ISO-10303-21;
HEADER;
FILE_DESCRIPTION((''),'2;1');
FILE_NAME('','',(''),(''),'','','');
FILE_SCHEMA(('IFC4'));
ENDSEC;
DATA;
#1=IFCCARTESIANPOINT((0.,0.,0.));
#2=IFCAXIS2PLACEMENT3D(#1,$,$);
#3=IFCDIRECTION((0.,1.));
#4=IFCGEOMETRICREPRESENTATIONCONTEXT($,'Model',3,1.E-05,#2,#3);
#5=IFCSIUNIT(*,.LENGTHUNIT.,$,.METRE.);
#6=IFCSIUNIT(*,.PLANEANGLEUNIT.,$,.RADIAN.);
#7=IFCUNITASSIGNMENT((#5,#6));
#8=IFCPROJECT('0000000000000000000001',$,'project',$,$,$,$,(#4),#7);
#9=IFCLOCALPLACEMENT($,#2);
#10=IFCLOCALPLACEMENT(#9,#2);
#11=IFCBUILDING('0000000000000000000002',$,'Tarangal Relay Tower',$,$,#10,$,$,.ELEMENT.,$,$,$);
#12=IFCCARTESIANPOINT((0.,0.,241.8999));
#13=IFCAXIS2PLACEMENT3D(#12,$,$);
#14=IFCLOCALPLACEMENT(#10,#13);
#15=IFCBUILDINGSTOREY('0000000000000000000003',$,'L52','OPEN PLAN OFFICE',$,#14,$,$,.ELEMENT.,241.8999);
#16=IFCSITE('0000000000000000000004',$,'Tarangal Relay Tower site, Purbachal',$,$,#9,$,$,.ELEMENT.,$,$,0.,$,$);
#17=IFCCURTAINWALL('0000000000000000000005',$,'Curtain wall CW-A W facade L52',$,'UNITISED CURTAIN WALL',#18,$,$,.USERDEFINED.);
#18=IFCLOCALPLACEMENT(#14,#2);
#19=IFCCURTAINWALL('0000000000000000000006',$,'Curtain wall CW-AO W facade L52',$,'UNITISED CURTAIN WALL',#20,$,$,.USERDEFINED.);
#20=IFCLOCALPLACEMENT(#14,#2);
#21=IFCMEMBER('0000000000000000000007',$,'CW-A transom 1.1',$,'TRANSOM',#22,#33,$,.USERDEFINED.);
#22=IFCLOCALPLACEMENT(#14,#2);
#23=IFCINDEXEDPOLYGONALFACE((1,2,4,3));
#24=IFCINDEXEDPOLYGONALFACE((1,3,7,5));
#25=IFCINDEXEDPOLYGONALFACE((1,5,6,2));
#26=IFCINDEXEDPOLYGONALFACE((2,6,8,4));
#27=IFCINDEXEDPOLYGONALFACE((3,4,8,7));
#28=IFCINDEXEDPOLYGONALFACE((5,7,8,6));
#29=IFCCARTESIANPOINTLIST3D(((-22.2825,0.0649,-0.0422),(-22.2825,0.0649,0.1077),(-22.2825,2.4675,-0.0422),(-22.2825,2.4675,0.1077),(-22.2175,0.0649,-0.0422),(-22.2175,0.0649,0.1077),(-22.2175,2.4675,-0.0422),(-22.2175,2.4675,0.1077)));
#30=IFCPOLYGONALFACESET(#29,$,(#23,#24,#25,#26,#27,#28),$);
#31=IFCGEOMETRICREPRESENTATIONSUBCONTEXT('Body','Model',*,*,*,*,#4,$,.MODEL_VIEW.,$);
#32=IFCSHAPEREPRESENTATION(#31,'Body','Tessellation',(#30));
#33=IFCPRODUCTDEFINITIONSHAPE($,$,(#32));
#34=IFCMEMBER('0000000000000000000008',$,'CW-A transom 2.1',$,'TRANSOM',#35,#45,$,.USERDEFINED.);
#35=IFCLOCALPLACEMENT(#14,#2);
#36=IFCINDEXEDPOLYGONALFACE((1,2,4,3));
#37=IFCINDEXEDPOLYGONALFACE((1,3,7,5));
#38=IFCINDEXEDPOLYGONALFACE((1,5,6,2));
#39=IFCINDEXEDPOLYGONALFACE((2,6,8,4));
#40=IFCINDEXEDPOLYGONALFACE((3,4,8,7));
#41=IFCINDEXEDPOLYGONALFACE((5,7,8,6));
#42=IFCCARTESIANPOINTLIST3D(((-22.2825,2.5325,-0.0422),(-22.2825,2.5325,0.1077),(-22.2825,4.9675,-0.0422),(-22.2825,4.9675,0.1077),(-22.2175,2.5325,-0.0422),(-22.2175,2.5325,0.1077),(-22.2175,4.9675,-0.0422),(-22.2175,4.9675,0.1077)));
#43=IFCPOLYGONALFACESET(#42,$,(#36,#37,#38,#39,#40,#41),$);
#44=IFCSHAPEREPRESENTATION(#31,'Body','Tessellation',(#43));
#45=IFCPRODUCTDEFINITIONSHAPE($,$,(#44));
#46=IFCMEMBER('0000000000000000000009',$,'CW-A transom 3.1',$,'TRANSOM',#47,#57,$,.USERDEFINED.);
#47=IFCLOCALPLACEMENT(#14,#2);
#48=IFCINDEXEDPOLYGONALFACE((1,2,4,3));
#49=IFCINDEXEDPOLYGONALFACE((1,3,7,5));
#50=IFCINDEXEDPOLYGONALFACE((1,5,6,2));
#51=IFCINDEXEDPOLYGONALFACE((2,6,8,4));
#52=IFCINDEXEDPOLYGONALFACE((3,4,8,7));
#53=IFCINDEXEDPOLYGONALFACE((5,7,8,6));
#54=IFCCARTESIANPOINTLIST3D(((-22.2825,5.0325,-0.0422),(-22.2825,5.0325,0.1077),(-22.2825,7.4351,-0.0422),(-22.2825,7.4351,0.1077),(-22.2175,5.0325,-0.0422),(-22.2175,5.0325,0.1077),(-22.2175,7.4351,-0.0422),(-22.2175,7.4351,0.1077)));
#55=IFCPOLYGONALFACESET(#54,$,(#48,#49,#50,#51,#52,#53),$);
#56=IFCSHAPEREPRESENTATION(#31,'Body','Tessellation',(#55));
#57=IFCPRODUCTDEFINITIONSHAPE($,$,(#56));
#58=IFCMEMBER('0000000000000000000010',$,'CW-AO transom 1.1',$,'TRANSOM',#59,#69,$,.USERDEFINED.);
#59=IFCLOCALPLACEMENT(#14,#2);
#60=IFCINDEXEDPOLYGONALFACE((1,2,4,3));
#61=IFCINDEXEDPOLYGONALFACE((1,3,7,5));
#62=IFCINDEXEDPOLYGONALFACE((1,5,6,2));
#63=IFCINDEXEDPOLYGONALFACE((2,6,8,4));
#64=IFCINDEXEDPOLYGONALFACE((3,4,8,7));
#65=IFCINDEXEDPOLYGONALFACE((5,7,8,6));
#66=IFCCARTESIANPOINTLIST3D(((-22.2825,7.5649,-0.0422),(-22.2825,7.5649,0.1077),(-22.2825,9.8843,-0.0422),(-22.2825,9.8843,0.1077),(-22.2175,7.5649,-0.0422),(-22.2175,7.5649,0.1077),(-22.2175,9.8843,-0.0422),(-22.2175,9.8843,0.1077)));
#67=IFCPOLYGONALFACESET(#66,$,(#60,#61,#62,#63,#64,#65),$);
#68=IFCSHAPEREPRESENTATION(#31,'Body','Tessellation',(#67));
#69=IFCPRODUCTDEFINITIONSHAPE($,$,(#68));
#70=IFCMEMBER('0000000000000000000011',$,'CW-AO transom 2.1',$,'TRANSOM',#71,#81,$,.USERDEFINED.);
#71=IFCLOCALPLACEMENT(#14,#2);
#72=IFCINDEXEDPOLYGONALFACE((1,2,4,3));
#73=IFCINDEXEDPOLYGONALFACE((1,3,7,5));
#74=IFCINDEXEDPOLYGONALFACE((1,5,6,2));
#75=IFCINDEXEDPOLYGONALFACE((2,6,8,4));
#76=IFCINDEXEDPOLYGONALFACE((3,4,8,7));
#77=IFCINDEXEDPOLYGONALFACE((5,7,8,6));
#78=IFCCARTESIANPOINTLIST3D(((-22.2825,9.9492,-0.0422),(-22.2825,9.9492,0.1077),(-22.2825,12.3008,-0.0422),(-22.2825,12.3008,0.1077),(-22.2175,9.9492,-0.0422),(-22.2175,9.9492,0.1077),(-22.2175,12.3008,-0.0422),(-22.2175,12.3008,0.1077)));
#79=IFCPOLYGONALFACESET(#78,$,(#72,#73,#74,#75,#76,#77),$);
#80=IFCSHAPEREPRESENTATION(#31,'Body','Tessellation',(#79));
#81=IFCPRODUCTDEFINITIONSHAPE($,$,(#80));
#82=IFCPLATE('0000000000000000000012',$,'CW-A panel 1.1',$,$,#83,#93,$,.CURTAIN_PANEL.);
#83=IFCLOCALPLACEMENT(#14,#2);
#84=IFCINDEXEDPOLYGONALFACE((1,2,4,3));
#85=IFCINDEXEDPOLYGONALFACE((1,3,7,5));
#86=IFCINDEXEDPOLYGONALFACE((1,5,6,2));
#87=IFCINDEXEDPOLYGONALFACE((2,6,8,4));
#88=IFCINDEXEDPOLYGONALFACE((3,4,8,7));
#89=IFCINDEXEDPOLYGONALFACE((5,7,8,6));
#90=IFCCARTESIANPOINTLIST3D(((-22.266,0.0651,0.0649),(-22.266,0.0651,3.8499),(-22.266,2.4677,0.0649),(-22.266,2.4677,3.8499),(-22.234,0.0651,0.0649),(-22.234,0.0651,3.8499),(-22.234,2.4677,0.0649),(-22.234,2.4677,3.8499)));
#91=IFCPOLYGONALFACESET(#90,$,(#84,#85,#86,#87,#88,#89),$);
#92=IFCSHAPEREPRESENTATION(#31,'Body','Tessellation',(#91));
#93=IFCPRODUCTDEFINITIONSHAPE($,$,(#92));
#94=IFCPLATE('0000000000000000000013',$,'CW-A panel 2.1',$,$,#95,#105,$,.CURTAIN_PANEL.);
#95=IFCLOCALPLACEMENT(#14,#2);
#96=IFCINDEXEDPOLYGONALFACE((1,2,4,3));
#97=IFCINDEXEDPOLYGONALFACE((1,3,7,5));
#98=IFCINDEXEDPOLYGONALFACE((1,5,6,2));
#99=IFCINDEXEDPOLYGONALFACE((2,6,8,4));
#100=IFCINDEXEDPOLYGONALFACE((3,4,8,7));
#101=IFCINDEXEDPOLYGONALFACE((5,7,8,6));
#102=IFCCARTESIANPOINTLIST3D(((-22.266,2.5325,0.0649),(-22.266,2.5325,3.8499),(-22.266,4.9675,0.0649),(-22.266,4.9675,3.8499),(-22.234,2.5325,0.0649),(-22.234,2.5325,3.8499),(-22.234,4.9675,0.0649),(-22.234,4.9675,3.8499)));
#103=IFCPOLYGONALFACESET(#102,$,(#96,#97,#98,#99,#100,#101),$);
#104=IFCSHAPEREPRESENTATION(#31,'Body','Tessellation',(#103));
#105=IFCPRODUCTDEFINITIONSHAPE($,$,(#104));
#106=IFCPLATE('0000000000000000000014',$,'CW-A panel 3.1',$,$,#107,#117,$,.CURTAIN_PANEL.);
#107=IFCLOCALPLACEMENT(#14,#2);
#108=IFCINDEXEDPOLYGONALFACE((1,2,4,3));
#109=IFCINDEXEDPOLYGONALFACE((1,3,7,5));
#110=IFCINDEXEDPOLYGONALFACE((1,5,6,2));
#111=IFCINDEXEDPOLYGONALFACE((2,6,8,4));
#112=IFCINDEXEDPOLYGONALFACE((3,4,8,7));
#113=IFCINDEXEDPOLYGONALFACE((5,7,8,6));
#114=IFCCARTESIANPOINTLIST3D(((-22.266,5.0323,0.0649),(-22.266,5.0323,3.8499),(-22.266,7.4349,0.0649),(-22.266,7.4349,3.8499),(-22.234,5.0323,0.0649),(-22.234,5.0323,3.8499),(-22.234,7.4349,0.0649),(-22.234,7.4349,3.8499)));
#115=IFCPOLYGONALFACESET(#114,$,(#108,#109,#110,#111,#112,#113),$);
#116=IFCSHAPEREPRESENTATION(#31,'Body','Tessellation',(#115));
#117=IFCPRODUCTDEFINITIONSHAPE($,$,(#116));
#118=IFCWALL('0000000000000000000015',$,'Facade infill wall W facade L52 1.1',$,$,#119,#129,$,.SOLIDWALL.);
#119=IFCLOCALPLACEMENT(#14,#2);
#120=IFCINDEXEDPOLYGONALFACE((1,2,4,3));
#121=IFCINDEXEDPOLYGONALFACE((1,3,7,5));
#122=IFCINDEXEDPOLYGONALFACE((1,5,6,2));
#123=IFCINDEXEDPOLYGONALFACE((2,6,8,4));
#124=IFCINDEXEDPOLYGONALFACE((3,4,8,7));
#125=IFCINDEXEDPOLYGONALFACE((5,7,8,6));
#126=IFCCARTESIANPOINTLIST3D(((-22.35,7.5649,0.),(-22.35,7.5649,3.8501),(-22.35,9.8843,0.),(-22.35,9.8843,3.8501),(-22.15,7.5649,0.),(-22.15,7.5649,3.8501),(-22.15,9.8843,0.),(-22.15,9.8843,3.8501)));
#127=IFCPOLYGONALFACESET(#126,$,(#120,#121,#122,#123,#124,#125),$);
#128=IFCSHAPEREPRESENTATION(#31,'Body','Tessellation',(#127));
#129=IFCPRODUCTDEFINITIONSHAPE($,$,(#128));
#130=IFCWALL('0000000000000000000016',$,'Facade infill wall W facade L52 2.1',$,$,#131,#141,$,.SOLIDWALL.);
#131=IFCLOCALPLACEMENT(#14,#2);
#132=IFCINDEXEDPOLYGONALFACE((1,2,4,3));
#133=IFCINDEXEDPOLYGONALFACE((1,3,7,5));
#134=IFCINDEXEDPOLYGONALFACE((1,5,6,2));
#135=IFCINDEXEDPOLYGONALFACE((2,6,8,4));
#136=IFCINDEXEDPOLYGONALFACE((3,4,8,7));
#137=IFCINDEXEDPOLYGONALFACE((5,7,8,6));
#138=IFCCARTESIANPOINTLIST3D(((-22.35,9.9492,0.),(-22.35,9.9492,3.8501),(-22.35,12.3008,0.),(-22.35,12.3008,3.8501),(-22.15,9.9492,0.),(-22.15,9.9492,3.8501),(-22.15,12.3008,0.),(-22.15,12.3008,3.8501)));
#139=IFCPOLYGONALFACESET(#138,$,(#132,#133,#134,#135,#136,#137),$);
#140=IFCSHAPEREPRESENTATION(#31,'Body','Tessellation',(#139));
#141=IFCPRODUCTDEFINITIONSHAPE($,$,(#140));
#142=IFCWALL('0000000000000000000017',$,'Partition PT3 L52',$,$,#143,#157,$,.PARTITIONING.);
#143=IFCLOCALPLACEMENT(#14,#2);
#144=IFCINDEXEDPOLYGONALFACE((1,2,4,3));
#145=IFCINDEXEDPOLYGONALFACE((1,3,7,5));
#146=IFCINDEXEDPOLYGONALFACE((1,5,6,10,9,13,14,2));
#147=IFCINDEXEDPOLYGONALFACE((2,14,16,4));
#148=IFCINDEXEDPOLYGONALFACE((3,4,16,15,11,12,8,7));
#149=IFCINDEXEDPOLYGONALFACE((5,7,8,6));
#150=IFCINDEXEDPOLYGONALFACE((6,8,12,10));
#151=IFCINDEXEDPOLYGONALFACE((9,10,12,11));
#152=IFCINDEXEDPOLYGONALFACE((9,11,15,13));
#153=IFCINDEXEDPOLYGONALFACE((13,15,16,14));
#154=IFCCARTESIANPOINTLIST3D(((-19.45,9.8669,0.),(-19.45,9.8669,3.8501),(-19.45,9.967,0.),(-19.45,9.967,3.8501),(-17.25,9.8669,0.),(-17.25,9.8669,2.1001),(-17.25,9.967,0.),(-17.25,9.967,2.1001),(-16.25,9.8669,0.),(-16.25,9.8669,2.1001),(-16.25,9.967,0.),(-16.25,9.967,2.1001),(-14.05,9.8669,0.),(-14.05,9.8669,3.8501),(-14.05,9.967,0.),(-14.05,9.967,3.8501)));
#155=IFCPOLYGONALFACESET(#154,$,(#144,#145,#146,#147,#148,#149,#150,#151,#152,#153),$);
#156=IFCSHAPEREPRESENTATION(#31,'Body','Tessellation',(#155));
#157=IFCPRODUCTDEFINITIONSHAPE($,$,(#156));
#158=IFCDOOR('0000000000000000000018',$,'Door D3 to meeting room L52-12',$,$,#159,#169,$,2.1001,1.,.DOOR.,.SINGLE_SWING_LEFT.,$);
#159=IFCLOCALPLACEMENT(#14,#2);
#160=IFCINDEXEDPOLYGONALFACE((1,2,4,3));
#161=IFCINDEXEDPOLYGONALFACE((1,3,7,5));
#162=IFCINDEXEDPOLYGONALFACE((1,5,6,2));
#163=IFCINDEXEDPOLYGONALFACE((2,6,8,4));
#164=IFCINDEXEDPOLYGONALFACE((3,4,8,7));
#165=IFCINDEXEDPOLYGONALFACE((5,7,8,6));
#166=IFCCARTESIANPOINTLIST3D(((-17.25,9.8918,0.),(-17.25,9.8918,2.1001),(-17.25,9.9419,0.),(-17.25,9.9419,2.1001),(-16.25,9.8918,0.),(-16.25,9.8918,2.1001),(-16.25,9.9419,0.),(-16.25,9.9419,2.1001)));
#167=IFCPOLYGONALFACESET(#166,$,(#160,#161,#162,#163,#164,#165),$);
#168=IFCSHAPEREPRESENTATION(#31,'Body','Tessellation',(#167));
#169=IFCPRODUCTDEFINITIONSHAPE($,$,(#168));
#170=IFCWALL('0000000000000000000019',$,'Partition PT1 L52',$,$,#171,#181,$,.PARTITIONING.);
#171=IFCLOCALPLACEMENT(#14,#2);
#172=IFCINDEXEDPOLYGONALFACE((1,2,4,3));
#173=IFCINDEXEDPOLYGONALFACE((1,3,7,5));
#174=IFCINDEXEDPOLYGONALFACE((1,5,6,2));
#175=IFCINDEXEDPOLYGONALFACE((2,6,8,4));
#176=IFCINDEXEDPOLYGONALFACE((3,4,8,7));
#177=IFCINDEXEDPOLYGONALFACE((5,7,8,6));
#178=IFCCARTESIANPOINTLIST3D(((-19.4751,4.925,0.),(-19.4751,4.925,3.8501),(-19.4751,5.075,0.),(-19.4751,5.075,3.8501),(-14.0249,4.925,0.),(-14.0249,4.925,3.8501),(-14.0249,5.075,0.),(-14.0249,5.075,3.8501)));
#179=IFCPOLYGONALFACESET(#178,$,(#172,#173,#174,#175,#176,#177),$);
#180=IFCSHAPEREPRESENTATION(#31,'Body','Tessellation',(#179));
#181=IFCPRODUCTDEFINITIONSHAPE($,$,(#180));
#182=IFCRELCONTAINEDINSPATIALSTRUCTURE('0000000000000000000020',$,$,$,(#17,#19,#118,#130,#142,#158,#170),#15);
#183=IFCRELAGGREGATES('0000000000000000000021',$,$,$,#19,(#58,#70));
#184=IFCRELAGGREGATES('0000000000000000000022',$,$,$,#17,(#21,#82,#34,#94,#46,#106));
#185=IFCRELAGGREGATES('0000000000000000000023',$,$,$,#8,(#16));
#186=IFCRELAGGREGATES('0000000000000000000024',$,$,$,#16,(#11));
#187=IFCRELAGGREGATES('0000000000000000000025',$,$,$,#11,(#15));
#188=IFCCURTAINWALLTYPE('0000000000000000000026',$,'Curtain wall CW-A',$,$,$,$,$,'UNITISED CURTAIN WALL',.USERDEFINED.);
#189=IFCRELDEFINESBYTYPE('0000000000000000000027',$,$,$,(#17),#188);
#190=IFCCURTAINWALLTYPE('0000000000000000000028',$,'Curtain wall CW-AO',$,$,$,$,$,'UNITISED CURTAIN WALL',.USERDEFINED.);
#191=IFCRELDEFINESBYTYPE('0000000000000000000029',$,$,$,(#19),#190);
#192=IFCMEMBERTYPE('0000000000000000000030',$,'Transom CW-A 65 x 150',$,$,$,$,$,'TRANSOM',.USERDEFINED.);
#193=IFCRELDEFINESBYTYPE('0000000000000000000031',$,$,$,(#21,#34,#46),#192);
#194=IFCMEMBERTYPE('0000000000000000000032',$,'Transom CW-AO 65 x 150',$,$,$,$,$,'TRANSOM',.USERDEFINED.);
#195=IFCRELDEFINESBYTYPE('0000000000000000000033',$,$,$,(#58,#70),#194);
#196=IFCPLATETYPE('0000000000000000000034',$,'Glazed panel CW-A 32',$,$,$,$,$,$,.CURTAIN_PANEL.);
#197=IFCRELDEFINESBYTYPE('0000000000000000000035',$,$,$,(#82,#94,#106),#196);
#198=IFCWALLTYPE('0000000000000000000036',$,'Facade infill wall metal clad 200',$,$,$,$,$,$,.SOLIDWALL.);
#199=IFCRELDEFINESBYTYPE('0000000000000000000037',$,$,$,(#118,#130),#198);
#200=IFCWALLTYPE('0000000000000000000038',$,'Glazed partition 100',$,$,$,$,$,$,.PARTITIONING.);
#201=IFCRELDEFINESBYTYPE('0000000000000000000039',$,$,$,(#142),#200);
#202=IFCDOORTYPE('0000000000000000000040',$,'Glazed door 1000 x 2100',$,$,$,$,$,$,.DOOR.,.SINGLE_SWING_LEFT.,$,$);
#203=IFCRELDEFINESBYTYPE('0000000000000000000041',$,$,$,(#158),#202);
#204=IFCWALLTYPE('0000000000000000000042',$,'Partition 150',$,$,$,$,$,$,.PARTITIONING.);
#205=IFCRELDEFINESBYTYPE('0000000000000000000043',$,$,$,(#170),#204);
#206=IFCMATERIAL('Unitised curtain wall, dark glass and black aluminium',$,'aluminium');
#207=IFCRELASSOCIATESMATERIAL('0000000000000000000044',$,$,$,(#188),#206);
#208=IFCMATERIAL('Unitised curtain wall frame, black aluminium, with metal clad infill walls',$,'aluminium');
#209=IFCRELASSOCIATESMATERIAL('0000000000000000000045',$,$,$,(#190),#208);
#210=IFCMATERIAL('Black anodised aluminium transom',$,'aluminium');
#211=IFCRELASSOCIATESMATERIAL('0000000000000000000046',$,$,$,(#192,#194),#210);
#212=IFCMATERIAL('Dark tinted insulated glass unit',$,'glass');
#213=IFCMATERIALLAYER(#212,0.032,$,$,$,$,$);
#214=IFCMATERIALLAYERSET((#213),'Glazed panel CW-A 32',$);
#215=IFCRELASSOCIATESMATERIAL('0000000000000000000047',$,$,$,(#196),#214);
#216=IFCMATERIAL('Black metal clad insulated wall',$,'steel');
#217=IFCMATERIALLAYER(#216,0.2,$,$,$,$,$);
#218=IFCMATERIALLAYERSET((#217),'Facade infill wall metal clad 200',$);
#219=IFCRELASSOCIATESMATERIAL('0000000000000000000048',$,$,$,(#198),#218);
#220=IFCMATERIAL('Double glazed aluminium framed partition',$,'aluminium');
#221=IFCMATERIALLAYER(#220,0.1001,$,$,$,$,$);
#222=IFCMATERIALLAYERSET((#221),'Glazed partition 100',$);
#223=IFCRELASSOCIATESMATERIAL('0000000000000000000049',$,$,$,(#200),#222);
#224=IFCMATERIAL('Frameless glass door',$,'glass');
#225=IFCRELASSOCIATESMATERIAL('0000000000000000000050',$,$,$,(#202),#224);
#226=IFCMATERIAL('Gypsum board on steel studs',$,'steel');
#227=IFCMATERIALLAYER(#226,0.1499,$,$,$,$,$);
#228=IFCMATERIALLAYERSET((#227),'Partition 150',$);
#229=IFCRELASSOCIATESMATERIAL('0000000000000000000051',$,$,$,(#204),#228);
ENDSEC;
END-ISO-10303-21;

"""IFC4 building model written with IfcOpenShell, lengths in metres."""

from ifc_helpers import new_model, si_unit, direction, frame, frame_2d, origin, origin_2d, place, context, subcontext, project, spatial, rectangle, extrude, material, layer, layer_set, material_profile, profile_set, type_object, element, fill, aggregate, save


model = new_model("IFC4")

# Units and contexts
model_context = context("Model", 3, precision=1e-05, world=origin(), true_north=direction((0.0, 1.0)))
body_context = subcontext(model_context, "Body", "Model", "MODEL_VIEW")
ifc_project = project(units=[si_unit("LENGTHUNIT", "METRE"), si_unit("PLANEANGLEUNIT", "RADIAN")], contexts=[model_context])

# Site, building, storey
site_placement = place(None, origin())
site = spatial("IfcSite", under=ifc_project, at=site_placement, Name="Tarangal Relay Tower site, Purbachal", CompositionType="ELEMENT", RefElevation=0.0)
building_placement = place(site_placement, origin())
building = spatial("IfcBuilding", under=site, at=building_placement, Name="Tarangal Relay Tower", CompositionType="ELEMENT")
storey_placement = place(building_placement, frame((0.0, 0.0, 241.8999)))
storey = spatial("IfcBuildingStorey", under=building, at=storey_placement, Name="L52", Description="OPEN PLAN OFFICE", CompositionType="ELEMENT", Elevation=241.8999)

# Curtain walls
ifc_material_1 = material(Name="Unitised curtain wall, dark glass and black aluminium", Category="aluminium")
curtain_wall_type_1 = type_object("IfcCurtainWallType", Name="Curtain wall CW-A", ElementType="UNITISED CURTAIN WALL", PredefinedType="USERDEFINED", material=ifc_material_1)
curtain_wall_1_placement = place(storey_placement, origin())
curtain_wall_1 = element("IfcCurtainWall", 1, at=curtain_wall_1_placement, inside=storey, type_object=curtain_wall_type_1, Name="Curtain wall CW-A W facade L52", ObjectType="UNITISED CURTAIN WALL", PredefinedType="USERDEFINED")
ifc_material_2 = material(Name="Unitised curtain wall frame, black aluminium, with metal clad infill walls", Category="aluminium")
curtain_wall_type_2 = type_object("IfcCurtainWallType", Name="Curtain wall CW-AO", ElementType="UNITISED CURTAIN WALL", PredefinedType="USERDEFINED", material=ifc_material_2)
curtain_wall_2_placement = place(storey_placement, origin())
curtain_wall_2 = element("IfcCurtainWall", 2, at=curtain_wall_2_placement, inside=storey, type_object=curtain_wall_type_2, Name="Curtain wall CW-AO W facade L52", ObjectType="UNITISED CURTAIN WALL", PredefinedType="USERDEFINED")

# Members
ifc_material_3 = material(Name="Black anodised aluminium transom", Category="aluminium")
ifc_material_profile_1 = material_profile(ifc_material_3, rectangle(XDim=0.0649, YDim=0.1499, at=origin_2d()), Name="CW-AT 65X150")
ifc_profile_set_1 = profile_set([ifc_material_profile_1], Name="Black anodised aluminium transom")
member_type_1 = type_object("IfcMemberType", Name="Transom CW-A 65 x 150", ElementType="TRANSOM", PredefinedType="USERDEFINED", material=ifc_profile_set_1)
member_1_placement = place(storey_placement, frame((-22.25, 0.0649, 0.0327), z_axis=(0.0, 1.0, 0.0), x_axis=(-1.0, 0.0, 0.0)))
member_1 = element("IfcMember", 3, at=member_1_placement, type_object=member_type_1, Name="CW-A transom 1.1", ObjectType="TRANSOM", PredefinedType="USERDEFINED", context=body_context, shape_type="SweptSolid", body=[
    extrude(rectangle(XDim=0.0649, YDim=0.1499, at=origin_2d()), origin(), (0.0, 0.0, 1.0), 2.4026),
])
member_2_placement = place(storey_placement, frame((-22.25, 2.5325, 0.0327), z_axis=(0.0, 1.0, 0.0), x_axis=(-1.0, 0.0, 0.0)))
member_2 = element("IfcMember", 4, at=member_2_placement, type_object=member_type_1, Name="CW-A transom 2.1", ObjectType="TRANSOM", PredefinedType="USERDEFINED", context=body_context, shape_type="SweptSolid", body=[
    extrude(rectangle(XDim=0.0649, YDim=0.1499, at=origin_2d()), origin(), (0.0, 0.0, 1.0), 2.4351),
])
member_3_placement = place(storey_placement, frame((-22.25, 5.0325, 0.0327), z_axis=(0.0, 1.0, 0.0), x_axis=(-1.0, 0.0, 0.0)))
member_3 = element("IfcMember", 5, at=member_3_placement, type_object=member_type_1, Name="CW-A transom 3.1", ObjectType="TRANSOM", PredefinedType="USERDEFINED", context=body_context, shape_type="SweptSolid", body=[
    extrude(rectangle(XDim=0.0649, YDim=0.1499, at=origin_2d()), origin(), (0.0, 0.0, 1.0), 2.4026),
])
ifc_material_profile_2 = material_profile(ifc_material_3, rectangle(XDim=0.0649, YDim=0.1499, at=origin_2d()), Name="CW-AOT 65X150")
ifc_profile_set_2 = profile_set([ifc_material_profile_2], Name="Black anodised aluminium transom")
member_type_2 = type_object("IfcMemberType", Name="Transom CW-AO 65 x 150", ElementType="TRANSOM", PredefinedType="USERDEFINED", material=ifc_profile_set_2)
member_4_placement = place(storey_placement, frame((-22.25, 7.5649, 0.0327), z_axis=(0.0, 1.0, 0.0), x_axis=(-1.0, 0.0, 0.0)))
member_4 = element("IfcMember", 6, at=member_4_placement, type_object=member_type_2, Name="CW-AO transom 1.1", ObjectType="TRANSOM", PredefinedType="USERDEFINED", context=body_context, shape_type="SweptSolid", body=[
    extrude(rectangle(XDim=0.0649, YDim=0.1499, at=origin_2d()), origin(), (0.0, 0.0, 1.0), 2.3193),
])
member_5_placement = place(storey_placement, frame((-22.25, 9.9492, 0.0327), z_axis=(0.0, 1.0, 0.0), x_axis=(-1.0, 0.0, 0.0)))
member_5 = element("IfcMember", 7, at=member_5_placement, type_object=member_type_2, Name="CW-AO transom 2.1", ObjectType="TRANSOM", PredefinedType="USERDEFINED", context=body_context, shape_type="SweptSolid", body=[
    extrude(rectangle(XDim=0.0649, YDim=0.1499, at=origin_2d()), origin(), (0.0, 0.0, 1.0), 2.3516),
])
aggregate(curtain_wall_2, [member_4, member_5])

# Plates
ifc_material_4 = material(Name="Dark tinted insulated glass unit", Category="glass")
ifc_layer_1 = layer(ifc_material_4, 0.032)
ifc_layer_set_1 = layer_set([ifc_layer_1], Name="Glazed panel CW-A 32")
plate_type = type_object("IfcPlateType", Name="Glazed panel CW-A 32", PredefinedType="CURTAIN_PANEL", material=ifc_layer_set_1)
plate_1_placement = place(storey_placement, frame((-22.25, 1.2664, 0.0649), z_axis=(0.0, 0.0, 1.0), x_axis=(0.0, 1.0, 0.0)))
plate_1 = element("IfcPlate", 8, at=plate_1_placement, type_object=plate_type, Name="CW-A panel 1.1", PredefinedType="CURTAIN_PANEL", context=body_context, shape_type="SweptSolid", body=[
    extrude(rectangle(XDim=2.4026, YDim=0.032, at=origin_2d()), origin(), (0.0, 0.0, 1.0), 3.7849),
])
plate_2_placement = place(storey_placement, frame((-22.25, 3.75, 0.0649), z_axis=(0.0, 0.0, 1.0), x_axis=(0.0, 1.0, 0.0)))
plate_2 = element("IfcPlate", 9, at=plate_2_placement, type_object=plate_type, Name="CW-A panel 2.1", PredefinedType="CURTAIN_PANEL", context=body_context, shape_type="SweptSolid", body=[
    extrude(rectangle(XDim=2.4351, YDim=0.032, at=origin_2d()), origin(), (0.0, 0.0, 1.0), 3.7849),
])
plate_3_placement = place(storey_placement, frame((-22.25, 6.2336, 0.0649), z_axis=(0.0, 0.0, 1.0), x_axis=(0.0, 1.0, 0.0)))
plate_3 = element("IfcPlate", 10, at=plate_3_placement, type_object=plate_type, Name="CW-A panel 3.1", PredefinedType="CURTAIN_PANEL", context=body_context, shape_type="SweptSolid", body=[
    extrude(rectangle(XDim=2.4026, YDim=0.032, at=origin_2d()), origin(), (0.0, 0.0, 1.0), 3.7849),
])
aggregate(curtain_wall_1, [member_1, plate_1, member_2, plate_2, member_3, plate_3])

# Walls
ifc_material_5 = material(Name="Black metal clad insulated wall", Category="steel")
ifc_layer_2 = layer(ifc_material_5, 0.2)
ifc_layer_set_2 = layer_set([ifc_layer_2], Name="Facade infill wall metal clad 200")
wall_type_1 = type_object("IfcWallType", Name="Facade infill wall metal clad 200", PredefinedType="SOLIDWALL", material=ifc_layer_set_2)
wall_1_placement = place(storey_placement, frame((-22.25, 7.5649, 0.0), z_axis=(0.0, 0.0, 1.0), x_axis=(0.0, 1.0, 0.0)))
element("IfcWall", 11, at=wall_1_placement, inside=storey, type_object=wall_type_1, Name="Facade infill wall W facade L52 1.1", PredefinedType="SOLIDWALL", context=body_context, shape_type="SweptSolid", body=[
    extrude(rectangle(XDim=2.3193, YDim=0.2, at=frame_2d((1.1597, 0.0))), origin(), (0.0, 0.0, 1.0), 3.8501),
])
wall_2_placement = place(storey_placement, frame((-22.25, 9.9492, 0.0), z_axis=(0.0, 0.0, 1.0), x_axis=(0.0, 1.0, 0.0)))
element("IfcWall", 12, at=wall_2_placement, inside=storey, type_object=wall_type_1, Name="Facade infill wall W facade L52 2.1", PredefinedType="SOLIDWALL", context=body_context, shape_type="SweptSolid", body=[
    extrude(rectangle(XDim=2.3516, YDim=0.2, at=frame_2d((1.1758, 0.0))), origin(), (0.0, 0.0, 1.0), 3.8501),
])

# Wall, opening, door
ifc_material_6 = material(Name="Double glazed aluminium framed partition", Category="aluminium")
ifc_layer_3 = layer(ifc_material_6, 0.1001)
ifc_layer_set_3 = layer_set([ifc_layer_3], Name="Glazed partition 100")
wall_type_2 = type_object("IfcWallType", Name="Glazed partition 100", PredefinedType="PARTITIONING", material=ifc_layer_set_3)
wall_3_placement = place(storey_placement, frame((-19.45, 9.917, 0.0), z_axis=(0.0, 0.0, 1.0), x_axis=(1.0, 0.0, 0.0)))
wall_3 = element("IfcWall", 13, at=wall_3_placement, inside=storey, type_object=wall_type_2, Name="Partition PT3 L52", PredefinedType="PARTITIONING", context=body_context, shape_type="SweptSolid", body=[
    extrude(rectangle(XDim=5.3999, YDim=0.1001, at=frame_2d((2.7, 0.0))), origin(), (0.0, 0.0, 1.0), 3.8501),
])
opening_1_placement = place(wall_3_placement, frame((2.2, 0.0, 0.0)))
opening_1 = element("IfcOpeningElement", 14, at=opening_1_placement, cuts=wall_3, PredefinedType="OPENING", context=body_context, shape_type="SweptSolid", body=[
    extrude(rectangle(XDim=1.0, YDim=2.1001, at=frame_2d((0.5, 1.05))), frame((0.0, 0.0601, 0.0), z_axis=(0.0, -1.0, 0.0), x_axis=(1.0, 0.0, 0.0)), (0.0, 0.0, 1.0), 0.1201),
])
ifc_material_7 = material(Name="Frameless glass door", Category="glass")
door_type_1 = type_object("IfcDoorType", Name="Glazed door 1000 x 2100", OperationType="SINGLE_SWING_LEFT", PredefinedType="DOOR", material=ifc_material_7)
door_1_placement = place(opening_1_placement, origin())
door_1 = element("IfcDoor", 15, at=door_1_placement, inside=storey, type_object=door_type_1, Name="Door D3 to meeting room L52-12", OperationType="SINGLE_SWING_LEFT", OverallHeight=2.1001, OverallWidth=1.0, PredefinedType="DOOR", context=body_context, shape_type="SweptSolid", body=[
    extrude(rectangle(XDim=1.0, YDim=2.1001, at=frame_2d((0.5, 1.05))), frame((0.0, 0.0249, 0.0), z_axis=(0.0, -1.0, 0.0), x_axis=(1.0, 0.0, 0.0)), (0.0, 0.0, 1.0), 0.05),
])
fill(opening_1, door_1)

# Wall
ifc_material_8 = material(Name="Gypsum board on steel studs", Category="steel")
ifc_layer_4 = layer(ifc_material_8, 0.1499)
ifc_layer_set_4 = layer_set([ifc_layer_4], Name="Partition 150")
wall_type_3 = type_object("IfcWallType", Name="Partition 150", PredefinedType="PARTITIONING", material=ifc_layer_set_4)
wall_4_placement = place(storey_placement, frame((-19.4751, 5.0, 0.0), z_axis=(0.0, 0.0, 1.0), x_axis=(1.0, 0.0, 0.0)))
element("IfcWall", 16, at=wall_4_placement, inside=storey, type_object=wall_type_3, Name="Partition PT1 L52", PredefinedType="PARTITIONING", context=body_context, shape_type="SweptSolid", body=[
    extrude(rectangle(XDim=5.4502, YDim=0.1499, at=frame_2d((2.7251, 0.0))), origin(), (0.0, 0.0, 1.0), 3.8501),
])

save(model, "model.ifc")
